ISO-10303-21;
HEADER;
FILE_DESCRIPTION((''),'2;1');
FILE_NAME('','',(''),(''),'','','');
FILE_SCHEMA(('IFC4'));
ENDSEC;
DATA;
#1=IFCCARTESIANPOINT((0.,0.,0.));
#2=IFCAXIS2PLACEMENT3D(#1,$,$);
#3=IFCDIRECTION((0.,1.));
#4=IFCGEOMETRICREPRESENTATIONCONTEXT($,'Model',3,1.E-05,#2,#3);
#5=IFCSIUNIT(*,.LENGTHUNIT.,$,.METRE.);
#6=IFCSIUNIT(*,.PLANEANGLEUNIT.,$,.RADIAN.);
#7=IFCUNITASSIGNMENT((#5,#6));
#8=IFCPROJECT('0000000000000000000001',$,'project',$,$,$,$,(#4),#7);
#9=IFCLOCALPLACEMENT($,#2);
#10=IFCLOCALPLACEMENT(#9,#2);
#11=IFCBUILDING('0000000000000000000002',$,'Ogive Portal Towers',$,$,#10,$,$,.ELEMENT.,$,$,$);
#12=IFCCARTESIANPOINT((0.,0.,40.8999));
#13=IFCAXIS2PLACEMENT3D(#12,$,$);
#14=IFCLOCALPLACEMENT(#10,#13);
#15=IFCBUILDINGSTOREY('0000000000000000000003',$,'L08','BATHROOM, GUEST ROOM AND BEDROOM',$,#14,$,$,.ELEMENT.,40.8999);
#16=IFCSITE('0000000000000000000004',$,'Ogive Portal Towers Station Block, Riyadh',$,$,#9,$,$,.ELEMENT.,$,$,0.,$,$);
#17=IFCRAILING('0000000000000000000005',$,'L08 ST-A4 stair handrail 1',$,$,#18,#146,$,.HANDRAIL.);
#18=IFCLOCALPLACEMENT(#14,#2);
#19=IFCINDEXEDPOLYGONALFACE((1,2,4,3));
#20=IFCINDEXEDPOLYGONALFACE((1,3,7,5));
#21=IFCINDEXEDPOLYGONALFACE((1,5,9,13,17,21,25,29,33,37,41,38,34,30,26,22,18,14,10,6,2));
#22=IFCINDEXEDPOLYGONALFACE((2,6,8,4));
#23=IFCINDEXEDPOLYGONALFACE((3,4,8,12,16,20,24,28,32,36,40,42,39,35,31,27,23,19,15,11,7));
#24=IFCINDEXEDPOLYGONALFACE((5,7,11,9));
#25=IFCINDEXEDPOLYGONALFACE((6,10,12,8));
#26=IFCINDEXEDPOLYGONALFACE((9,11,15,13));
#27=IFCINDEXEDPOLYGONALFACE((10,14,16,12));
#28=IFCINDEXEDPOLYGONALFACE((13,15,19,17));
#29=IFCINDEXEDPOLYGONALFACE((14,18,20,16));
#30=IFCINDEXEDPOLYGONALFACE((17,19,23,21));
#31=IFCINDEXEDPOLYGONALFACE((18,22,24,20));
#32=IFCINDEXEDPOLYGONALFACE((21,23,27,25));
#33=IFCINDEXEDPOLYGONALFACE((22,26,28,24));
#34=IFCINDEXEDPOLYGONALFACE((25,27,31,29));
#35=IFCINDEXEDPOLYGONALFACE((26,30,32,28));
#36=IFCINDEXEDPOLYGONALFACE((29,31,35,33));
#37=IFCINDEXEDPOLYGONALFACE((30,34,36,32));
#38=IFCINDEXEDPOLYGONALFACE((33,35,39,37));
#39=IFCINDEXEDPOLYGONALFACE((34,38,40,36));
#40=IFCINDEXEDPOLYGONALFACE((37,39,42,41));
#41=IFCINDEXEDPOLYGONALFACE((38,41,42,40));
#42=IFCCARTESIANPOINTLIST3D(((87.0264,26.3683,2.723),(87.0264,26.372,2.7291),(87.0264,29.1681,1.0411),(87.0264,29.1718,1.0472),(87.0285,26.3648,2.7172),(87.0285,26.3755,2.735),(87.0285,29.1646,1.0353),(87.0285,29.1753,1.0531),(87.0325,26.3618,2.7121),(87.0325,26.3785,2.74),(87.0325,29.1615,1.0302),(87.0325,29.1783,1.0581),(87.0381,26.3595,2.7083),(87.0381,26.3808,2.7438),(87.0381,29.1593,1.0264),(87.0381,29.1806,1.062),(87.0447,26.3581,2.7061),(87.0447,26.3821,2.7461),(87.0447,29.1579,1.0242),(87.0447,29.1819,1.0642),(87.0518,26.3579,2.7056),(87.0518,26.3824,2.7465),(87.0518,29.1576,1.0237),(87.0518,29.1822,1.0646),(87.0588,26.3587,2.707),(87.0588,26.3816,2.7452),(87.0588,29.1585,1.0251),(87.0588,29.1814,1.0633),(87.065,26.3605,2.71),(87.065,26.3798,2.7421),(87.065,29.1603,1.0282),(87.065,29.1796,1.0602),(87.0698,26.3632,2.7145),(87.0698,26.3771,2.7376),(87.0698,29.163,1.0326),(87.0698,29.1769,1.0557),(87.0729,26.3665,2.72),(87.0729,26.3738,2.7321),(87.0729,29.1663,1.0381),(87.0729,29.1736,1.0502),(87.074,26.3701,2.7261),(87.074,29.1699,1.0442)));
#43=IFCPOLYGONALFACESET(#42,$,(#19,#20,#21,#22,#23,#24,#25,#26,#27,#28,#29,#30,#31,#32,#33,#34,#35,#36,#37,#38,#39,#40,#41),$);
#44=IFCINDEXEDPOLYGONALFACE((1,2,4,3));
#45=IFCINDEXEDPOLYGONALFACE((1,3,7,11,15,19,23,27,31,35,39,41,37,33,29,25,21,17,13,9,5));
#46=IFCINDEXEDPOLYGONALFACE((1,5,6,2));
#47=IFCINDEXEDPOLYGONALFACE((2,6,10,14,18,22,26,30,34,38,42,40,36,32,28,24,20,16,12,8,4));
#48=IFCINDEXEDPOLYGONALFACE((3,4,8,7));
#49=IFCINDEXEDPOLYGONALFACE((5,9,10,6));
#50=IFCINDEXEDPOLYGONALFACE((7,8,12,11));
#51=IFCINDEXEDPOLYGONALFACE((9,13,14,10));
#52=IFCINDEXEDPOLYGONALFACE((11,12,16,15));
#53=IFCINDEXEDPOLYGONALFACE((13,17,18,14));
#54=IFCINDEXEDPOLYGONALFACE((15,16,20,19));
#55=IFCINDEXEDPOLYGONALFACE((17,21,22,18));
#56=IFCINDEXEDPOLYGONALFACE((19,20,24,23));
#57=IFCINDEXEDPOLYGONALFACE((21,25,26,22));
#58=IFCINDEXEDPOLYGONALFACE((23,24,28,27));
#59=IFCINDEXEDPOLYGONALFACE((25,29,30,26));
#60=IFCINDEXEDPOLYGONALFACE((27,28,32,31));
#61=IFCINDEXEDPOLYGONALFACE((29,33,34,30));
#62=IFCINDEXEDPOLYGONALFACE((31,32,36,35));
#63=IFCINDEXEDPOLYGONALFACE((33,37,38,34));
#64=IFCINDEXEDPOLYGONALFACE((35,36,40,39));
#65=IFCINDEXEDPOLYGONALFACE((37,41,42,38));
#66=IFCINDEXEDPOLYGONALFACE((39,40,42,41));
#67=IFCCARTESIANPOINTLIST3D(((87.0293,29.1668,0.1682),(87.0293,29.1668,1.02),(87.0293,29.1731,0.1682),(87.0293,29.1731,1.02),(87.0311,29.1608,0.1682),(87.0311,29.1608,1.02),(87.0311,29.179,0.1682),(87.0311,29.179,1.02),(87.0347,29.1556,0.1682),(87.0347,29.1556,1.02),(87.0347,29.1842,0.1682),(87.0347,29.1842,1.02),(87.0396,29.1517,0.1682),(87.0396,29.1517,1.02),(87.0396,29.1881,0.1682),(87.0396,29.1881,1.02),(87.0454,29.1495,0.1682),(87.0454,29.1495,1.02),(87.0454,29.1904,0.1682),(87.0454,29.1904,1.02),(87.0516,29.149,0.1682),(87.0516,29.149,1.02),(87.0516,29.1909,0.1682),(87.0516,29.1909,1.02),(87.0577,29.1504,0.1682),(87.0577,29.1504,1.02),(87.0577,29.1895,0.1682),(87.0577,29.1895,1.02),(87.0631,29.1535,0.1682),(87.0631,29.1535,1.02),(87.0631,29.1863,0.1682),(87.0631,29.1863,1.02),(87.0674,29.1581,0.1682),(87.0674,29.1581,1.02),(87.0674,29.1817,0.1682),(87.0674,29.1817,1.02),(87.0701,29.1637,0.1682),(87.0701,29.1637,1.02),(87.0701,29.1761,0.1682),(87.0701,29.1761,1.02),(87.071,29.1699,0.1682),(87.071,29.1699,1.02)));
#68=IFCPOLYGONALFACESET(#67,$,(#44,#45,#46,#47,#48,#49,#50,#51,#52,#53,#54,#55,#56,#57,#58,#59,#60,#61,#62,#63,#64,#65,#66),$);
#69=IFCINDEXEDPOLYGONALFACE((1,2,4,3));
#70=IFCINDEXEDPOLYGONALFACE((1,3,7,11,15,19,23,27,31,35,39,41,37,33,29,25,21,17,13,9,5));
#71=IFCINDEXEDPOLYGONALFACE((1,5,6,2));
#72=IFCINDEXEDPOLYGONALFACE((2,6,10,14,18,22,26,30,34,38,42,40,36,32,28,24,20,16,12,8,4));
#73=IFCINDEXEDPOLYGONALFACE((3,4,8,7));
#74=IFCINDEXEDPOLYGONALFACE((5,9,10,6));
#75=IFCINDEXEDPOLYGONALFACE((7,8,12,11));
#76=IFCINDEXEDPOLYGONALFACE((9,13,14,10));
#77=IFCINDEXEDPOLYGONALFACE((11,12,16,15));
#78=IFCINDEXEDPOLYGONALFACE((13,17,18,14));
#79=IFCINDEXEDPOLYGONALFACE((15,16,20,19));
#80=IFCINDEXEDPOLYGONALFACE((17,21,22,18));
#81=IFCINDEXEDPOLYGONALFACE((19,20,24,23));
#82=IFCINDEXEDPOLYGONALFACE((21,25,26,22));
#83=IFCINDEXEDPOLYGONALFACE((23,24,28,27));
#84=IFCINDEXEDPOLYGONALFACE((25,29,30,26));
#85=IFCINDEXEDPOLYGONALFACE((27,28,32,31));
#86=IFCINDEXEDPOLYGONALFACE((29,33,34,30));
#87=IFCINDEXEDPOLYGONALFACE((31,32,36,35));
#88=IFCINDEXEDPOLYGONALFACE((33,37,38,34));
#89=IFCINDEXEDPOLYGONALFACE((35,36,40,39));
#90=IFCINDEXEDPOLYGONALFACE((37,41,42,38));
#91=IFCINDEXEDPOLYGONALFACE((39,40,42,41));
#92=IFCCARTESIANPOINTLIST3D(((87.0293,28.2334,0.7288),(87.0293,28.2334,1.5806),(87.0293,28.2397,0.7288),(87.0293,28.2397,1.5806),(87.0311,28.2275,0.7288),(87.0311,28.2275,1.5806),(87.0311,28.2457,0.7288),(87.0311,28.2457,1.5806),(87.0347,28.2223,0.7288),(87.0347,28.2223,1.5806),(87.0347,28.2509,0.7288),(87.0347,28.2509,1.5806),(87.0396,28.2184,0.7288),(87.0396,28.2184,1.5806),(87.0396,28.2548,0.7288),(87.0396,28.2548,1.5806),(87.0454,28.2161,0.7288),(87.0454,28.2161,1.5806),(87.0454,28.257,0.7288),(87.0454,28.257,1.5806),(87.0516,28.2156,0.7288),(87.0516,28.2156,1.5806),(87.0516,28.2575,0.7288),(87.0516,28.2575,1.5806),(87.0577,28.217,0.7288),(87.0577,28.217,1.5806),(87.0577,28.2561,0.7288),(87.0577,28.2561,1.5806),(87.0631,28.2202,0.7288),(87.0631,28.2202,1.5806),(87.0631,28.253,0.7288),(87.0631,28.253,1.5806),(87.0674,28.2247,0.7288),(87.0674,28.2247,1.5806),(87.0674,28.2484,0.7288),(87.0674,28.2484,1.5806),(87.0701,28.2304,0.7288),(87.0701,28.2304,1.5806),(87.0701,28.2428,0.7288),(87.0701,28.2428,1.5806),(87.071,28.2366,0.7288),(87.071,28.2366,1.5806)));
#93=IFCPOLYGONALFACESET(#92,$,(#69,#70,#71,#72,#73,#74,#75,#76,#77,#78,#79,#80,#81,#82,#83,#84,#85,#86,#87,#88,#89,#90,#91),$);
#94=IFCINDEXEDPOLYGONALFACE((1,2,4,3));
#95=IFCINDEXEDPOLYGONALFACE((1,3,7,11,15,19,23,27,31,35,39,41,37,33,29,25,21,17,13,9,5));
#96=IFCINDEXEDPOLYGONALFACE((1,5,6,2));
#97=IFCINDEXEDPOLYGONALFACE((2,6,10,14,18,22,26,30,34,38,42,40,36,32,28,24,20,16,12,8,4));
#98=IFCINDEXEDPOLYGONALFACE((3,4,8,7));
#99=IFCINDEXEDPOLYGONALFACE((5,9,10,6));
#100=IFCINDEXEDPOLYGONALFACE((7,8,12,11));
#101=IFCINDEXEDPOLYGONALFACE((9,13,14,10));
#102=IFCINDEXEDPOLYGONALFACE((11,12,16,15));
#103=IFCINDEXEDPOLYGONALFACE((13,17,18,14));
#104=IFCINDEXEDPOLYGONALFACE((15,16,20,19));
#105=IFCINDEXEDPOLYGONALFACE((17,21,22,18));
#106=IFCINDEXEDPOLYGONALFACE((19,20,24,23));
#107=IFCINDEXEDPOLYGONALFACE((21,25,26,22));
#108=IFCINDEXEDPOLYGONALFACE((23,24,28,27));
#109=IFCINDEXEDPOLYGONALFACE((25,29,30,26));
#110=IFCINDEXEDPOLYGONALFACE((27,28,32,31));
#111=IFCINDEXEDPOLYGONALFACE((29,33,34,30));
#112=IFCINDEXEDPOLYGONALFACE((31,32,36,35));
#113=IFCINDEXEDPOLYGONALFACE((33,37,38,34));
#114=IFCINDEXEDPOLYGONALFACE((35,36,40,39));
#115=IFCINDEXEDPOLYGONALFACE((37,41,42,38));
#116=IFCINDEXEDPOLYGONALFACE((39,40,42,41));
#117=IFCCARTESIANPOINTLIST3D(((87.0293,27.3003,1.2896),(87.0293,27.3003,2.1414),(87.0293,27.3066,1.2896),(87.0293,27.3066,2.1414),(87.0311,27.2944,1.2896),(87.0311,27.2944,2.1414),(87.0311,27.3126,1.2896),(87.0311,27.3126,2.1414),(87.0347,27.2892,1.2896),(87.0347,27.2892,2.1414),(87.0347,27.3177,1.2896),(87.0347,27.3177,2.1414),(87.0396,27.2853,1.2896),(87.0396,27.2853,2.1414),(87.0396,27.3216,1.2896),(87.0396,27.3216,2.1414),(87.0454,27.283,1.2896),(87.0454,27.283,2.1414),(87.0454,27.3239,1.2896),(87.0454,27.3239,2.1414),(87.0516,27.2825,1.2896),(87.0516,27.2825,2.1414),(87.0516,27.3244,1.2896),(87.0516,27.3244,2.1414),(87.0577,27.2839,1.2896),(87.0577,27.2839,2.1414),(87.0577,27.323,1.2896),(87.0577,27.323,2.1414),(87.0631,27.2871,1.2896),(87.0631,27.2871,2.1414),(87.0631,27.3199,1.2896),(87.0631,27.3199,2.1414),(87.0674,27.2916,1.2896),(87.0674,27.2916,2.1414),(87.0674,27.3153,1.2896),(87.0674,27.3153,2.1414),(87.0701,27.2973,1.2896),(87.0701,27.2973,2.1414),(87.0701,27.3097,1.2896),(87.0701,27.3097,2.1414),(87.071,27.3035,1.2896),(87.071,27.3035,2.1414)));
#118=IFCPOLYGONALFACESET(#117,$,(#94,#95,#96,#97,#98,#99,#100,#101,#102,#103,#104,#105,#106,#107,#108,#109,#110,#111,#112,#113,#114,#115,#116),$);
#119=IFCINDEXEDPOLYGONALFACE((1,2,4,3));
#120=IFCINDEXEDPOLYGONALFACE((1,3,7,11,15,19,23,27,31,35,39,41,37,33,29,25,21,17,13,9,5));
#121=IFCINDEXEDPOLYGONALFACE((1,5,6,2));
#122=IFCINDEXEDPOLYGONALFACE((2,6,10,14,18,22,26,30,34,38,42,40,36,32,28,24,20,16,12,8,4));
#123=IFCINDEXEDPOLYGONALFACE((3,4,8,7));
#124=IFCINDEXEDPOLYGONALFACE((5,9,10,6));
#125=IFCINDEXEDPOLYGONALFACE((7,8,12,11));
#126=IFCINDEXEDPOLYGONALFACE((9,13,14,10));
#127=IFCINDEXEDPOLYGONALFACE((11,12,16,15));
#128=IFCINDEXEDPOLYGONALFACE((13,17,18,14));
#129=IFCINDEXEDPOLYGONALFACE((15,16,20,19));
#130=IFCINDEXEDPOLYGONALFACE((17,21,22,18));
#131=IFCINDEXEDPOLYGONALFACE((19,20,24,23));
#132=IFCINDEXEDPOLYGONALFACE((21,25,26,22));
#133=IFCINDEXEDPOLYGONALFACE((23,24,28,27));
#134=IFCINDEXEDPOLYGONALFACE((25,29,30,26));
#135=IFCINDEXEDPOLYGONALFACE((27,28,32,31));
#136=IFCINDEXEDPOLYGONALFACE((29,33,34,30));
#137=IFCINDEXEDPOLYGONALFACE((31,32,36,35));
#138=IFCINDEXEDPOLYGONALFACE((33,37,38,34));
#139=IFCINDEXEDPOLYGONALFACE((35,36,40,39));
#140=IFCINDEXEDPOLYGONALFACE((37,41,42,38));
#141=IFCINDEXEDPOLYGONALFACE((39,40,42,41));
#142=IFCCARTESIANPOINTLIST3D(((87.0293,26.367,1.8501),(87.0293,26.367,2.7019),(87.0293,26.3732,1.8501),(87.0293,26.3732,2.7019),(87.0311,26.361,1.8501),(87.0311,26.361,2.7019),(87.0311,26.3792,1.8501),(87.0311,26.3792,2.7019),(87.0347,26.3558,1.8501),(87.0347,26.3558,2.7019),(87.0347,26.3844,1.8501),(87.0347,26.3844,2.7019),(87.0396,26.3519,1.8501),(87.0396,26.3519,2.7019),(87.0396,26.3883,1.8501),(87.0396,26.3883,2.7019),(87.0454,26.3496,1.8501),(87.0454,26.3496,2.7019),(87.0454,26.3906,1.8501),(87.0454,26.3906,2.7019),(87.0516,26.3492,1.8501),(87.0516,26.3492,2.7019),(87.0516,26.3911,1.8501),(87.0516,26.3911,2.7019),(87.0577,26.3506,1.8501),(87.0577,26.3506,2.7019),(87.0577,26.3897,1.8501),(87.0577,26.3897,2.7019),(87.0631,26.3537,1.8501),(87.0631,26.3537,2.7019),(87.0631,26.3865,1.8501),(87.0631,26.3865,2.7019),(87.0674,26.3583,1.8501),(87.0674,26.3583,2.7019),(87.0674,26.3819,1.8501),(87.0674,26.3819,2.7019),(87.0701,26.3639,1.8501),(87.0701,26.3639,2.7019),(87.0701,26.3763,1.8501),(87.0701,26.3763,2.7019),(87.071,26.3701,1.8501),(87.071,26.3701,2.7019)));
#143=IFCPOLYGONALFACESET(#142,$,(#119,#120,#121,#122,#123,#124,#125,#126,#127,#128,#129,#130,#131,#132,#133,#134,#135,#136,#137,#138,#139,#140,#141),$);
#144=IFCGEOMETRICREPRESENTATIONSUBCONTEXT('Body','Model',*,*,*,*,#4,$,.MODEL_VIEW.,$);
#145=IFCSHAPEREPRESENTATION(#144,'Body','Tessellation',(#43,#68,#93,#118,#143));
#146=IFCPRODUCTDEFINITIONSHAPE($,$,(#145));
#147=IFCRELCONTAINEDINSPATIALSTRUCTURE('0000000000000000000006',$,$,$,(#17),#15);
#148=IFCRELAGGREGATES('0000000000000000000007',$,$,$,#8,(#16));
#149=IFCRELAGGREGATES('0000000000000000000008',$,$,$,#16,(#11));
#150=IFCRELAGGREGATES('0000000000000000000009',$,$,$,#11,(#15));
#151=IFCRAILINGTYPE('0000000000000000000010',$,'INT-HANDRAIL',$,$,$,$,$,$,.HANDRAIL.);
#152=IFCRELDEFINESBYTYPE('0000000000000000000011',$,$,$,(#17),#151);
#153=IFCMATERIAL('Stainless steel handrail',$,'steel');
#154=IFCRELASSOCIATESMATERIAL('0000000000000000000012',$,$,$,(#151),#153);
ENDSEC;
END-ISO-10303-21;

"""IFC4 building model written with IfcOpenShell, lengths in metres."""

from ifc_helpers import new_model, si_unit, direction, frame, origin, origin_2d, place, context, subcontext, project, spatial, circle, extrude, material, type_object, element, save


model = new_model("IFC4")

# Units and contexts
model_context = context("Model", 3, precision=1e-05, world=origin(), true_north=direction((0.0, 1.0)))
body_context = subcontext(model_context, "Body", "Model", "MODEL_VIEW")
ifc_project = project(units=[si_unit("LENGTHUNIT", "METRE"), si_unit("PLANEANGLEUNIT", "RADIAN")], contexts=[model_context])

# Site, building, storey
site_placement = place(None, origin())
site = spatial("IfcSite", under=ifc_project, at=site_placement, Name="Ogive Portal Towers Station Block, Riyadh", CompositionType="ELEMENT", RefElevation=0.0)
building_placement = place(site_placement, origin())
building = spatial("IfcBuilding", under=site, at=building_placement, Name="Ogive Portal Towers", CompositionType="ELEMENT")
storey_placement = place(building_placement, frame((0.0, 0.0, 40.8999)))
storey = spatial("IfcBuildingStorey", under=building, at=storey_placement, Name="L08", Description="BATHROOM, GUEST ROOM AND BEDROOM", CompositionType="ELEMENT", Elevation=40.8999)

# Railing
ifc_material_1 = material(Name="Stainless steel handrail", Category="steel")
railing_type_1 = type_object("IfcRailingType", Name="INT-HANDRAIL", PredefinedType="HANDRAIL", material=ifc_material_1)
railing_1_placement = place(storey_placement, frame((87.05, 29.1699, 0.1682)))
element("IfcRailing", 1, at=railing_1_placement, inside=storey, type_object=railing_type_1, Name="L08 ST-A4 stair handrail 1", PredefinedType="HANDRAIL", context=body_context, shape_type="SweptSolid", body=[
    extrude(circle(Radius=0.0239, at=origin_2d()), frame((0.0, 0.0, 0.876), z_axis=(0.0, -0.857222, 0.514946), x_axis=(1.0, 0.0, 0.0)), (0.0, 0.0, 1.0), 3.2661),
    extrude(circle(Radius=0.021, at=origin_2d()), origin(), (0.0, 0.0, 1.0), 0.8518),
    extrude(circle(Radius=0.021, at=origin_2d()), frame((0.0, -0.9333, 0.5605)), (0.0, 0.0, 1.0), 0.8518),
    extrude(circle(Radius=0.021, at=origin_2d()), frame((0.0, -1.8665, 1.1213)), (0.0, 0.0, 1.0), 0.8518),
    extrude(circle(Radius=0.021, at=origin_2d()), frame((0.0, -2.7998, 1.6819)), (0.0, 0.0, 1.0), 0.8518),
])

save(model, "model.ifc")
